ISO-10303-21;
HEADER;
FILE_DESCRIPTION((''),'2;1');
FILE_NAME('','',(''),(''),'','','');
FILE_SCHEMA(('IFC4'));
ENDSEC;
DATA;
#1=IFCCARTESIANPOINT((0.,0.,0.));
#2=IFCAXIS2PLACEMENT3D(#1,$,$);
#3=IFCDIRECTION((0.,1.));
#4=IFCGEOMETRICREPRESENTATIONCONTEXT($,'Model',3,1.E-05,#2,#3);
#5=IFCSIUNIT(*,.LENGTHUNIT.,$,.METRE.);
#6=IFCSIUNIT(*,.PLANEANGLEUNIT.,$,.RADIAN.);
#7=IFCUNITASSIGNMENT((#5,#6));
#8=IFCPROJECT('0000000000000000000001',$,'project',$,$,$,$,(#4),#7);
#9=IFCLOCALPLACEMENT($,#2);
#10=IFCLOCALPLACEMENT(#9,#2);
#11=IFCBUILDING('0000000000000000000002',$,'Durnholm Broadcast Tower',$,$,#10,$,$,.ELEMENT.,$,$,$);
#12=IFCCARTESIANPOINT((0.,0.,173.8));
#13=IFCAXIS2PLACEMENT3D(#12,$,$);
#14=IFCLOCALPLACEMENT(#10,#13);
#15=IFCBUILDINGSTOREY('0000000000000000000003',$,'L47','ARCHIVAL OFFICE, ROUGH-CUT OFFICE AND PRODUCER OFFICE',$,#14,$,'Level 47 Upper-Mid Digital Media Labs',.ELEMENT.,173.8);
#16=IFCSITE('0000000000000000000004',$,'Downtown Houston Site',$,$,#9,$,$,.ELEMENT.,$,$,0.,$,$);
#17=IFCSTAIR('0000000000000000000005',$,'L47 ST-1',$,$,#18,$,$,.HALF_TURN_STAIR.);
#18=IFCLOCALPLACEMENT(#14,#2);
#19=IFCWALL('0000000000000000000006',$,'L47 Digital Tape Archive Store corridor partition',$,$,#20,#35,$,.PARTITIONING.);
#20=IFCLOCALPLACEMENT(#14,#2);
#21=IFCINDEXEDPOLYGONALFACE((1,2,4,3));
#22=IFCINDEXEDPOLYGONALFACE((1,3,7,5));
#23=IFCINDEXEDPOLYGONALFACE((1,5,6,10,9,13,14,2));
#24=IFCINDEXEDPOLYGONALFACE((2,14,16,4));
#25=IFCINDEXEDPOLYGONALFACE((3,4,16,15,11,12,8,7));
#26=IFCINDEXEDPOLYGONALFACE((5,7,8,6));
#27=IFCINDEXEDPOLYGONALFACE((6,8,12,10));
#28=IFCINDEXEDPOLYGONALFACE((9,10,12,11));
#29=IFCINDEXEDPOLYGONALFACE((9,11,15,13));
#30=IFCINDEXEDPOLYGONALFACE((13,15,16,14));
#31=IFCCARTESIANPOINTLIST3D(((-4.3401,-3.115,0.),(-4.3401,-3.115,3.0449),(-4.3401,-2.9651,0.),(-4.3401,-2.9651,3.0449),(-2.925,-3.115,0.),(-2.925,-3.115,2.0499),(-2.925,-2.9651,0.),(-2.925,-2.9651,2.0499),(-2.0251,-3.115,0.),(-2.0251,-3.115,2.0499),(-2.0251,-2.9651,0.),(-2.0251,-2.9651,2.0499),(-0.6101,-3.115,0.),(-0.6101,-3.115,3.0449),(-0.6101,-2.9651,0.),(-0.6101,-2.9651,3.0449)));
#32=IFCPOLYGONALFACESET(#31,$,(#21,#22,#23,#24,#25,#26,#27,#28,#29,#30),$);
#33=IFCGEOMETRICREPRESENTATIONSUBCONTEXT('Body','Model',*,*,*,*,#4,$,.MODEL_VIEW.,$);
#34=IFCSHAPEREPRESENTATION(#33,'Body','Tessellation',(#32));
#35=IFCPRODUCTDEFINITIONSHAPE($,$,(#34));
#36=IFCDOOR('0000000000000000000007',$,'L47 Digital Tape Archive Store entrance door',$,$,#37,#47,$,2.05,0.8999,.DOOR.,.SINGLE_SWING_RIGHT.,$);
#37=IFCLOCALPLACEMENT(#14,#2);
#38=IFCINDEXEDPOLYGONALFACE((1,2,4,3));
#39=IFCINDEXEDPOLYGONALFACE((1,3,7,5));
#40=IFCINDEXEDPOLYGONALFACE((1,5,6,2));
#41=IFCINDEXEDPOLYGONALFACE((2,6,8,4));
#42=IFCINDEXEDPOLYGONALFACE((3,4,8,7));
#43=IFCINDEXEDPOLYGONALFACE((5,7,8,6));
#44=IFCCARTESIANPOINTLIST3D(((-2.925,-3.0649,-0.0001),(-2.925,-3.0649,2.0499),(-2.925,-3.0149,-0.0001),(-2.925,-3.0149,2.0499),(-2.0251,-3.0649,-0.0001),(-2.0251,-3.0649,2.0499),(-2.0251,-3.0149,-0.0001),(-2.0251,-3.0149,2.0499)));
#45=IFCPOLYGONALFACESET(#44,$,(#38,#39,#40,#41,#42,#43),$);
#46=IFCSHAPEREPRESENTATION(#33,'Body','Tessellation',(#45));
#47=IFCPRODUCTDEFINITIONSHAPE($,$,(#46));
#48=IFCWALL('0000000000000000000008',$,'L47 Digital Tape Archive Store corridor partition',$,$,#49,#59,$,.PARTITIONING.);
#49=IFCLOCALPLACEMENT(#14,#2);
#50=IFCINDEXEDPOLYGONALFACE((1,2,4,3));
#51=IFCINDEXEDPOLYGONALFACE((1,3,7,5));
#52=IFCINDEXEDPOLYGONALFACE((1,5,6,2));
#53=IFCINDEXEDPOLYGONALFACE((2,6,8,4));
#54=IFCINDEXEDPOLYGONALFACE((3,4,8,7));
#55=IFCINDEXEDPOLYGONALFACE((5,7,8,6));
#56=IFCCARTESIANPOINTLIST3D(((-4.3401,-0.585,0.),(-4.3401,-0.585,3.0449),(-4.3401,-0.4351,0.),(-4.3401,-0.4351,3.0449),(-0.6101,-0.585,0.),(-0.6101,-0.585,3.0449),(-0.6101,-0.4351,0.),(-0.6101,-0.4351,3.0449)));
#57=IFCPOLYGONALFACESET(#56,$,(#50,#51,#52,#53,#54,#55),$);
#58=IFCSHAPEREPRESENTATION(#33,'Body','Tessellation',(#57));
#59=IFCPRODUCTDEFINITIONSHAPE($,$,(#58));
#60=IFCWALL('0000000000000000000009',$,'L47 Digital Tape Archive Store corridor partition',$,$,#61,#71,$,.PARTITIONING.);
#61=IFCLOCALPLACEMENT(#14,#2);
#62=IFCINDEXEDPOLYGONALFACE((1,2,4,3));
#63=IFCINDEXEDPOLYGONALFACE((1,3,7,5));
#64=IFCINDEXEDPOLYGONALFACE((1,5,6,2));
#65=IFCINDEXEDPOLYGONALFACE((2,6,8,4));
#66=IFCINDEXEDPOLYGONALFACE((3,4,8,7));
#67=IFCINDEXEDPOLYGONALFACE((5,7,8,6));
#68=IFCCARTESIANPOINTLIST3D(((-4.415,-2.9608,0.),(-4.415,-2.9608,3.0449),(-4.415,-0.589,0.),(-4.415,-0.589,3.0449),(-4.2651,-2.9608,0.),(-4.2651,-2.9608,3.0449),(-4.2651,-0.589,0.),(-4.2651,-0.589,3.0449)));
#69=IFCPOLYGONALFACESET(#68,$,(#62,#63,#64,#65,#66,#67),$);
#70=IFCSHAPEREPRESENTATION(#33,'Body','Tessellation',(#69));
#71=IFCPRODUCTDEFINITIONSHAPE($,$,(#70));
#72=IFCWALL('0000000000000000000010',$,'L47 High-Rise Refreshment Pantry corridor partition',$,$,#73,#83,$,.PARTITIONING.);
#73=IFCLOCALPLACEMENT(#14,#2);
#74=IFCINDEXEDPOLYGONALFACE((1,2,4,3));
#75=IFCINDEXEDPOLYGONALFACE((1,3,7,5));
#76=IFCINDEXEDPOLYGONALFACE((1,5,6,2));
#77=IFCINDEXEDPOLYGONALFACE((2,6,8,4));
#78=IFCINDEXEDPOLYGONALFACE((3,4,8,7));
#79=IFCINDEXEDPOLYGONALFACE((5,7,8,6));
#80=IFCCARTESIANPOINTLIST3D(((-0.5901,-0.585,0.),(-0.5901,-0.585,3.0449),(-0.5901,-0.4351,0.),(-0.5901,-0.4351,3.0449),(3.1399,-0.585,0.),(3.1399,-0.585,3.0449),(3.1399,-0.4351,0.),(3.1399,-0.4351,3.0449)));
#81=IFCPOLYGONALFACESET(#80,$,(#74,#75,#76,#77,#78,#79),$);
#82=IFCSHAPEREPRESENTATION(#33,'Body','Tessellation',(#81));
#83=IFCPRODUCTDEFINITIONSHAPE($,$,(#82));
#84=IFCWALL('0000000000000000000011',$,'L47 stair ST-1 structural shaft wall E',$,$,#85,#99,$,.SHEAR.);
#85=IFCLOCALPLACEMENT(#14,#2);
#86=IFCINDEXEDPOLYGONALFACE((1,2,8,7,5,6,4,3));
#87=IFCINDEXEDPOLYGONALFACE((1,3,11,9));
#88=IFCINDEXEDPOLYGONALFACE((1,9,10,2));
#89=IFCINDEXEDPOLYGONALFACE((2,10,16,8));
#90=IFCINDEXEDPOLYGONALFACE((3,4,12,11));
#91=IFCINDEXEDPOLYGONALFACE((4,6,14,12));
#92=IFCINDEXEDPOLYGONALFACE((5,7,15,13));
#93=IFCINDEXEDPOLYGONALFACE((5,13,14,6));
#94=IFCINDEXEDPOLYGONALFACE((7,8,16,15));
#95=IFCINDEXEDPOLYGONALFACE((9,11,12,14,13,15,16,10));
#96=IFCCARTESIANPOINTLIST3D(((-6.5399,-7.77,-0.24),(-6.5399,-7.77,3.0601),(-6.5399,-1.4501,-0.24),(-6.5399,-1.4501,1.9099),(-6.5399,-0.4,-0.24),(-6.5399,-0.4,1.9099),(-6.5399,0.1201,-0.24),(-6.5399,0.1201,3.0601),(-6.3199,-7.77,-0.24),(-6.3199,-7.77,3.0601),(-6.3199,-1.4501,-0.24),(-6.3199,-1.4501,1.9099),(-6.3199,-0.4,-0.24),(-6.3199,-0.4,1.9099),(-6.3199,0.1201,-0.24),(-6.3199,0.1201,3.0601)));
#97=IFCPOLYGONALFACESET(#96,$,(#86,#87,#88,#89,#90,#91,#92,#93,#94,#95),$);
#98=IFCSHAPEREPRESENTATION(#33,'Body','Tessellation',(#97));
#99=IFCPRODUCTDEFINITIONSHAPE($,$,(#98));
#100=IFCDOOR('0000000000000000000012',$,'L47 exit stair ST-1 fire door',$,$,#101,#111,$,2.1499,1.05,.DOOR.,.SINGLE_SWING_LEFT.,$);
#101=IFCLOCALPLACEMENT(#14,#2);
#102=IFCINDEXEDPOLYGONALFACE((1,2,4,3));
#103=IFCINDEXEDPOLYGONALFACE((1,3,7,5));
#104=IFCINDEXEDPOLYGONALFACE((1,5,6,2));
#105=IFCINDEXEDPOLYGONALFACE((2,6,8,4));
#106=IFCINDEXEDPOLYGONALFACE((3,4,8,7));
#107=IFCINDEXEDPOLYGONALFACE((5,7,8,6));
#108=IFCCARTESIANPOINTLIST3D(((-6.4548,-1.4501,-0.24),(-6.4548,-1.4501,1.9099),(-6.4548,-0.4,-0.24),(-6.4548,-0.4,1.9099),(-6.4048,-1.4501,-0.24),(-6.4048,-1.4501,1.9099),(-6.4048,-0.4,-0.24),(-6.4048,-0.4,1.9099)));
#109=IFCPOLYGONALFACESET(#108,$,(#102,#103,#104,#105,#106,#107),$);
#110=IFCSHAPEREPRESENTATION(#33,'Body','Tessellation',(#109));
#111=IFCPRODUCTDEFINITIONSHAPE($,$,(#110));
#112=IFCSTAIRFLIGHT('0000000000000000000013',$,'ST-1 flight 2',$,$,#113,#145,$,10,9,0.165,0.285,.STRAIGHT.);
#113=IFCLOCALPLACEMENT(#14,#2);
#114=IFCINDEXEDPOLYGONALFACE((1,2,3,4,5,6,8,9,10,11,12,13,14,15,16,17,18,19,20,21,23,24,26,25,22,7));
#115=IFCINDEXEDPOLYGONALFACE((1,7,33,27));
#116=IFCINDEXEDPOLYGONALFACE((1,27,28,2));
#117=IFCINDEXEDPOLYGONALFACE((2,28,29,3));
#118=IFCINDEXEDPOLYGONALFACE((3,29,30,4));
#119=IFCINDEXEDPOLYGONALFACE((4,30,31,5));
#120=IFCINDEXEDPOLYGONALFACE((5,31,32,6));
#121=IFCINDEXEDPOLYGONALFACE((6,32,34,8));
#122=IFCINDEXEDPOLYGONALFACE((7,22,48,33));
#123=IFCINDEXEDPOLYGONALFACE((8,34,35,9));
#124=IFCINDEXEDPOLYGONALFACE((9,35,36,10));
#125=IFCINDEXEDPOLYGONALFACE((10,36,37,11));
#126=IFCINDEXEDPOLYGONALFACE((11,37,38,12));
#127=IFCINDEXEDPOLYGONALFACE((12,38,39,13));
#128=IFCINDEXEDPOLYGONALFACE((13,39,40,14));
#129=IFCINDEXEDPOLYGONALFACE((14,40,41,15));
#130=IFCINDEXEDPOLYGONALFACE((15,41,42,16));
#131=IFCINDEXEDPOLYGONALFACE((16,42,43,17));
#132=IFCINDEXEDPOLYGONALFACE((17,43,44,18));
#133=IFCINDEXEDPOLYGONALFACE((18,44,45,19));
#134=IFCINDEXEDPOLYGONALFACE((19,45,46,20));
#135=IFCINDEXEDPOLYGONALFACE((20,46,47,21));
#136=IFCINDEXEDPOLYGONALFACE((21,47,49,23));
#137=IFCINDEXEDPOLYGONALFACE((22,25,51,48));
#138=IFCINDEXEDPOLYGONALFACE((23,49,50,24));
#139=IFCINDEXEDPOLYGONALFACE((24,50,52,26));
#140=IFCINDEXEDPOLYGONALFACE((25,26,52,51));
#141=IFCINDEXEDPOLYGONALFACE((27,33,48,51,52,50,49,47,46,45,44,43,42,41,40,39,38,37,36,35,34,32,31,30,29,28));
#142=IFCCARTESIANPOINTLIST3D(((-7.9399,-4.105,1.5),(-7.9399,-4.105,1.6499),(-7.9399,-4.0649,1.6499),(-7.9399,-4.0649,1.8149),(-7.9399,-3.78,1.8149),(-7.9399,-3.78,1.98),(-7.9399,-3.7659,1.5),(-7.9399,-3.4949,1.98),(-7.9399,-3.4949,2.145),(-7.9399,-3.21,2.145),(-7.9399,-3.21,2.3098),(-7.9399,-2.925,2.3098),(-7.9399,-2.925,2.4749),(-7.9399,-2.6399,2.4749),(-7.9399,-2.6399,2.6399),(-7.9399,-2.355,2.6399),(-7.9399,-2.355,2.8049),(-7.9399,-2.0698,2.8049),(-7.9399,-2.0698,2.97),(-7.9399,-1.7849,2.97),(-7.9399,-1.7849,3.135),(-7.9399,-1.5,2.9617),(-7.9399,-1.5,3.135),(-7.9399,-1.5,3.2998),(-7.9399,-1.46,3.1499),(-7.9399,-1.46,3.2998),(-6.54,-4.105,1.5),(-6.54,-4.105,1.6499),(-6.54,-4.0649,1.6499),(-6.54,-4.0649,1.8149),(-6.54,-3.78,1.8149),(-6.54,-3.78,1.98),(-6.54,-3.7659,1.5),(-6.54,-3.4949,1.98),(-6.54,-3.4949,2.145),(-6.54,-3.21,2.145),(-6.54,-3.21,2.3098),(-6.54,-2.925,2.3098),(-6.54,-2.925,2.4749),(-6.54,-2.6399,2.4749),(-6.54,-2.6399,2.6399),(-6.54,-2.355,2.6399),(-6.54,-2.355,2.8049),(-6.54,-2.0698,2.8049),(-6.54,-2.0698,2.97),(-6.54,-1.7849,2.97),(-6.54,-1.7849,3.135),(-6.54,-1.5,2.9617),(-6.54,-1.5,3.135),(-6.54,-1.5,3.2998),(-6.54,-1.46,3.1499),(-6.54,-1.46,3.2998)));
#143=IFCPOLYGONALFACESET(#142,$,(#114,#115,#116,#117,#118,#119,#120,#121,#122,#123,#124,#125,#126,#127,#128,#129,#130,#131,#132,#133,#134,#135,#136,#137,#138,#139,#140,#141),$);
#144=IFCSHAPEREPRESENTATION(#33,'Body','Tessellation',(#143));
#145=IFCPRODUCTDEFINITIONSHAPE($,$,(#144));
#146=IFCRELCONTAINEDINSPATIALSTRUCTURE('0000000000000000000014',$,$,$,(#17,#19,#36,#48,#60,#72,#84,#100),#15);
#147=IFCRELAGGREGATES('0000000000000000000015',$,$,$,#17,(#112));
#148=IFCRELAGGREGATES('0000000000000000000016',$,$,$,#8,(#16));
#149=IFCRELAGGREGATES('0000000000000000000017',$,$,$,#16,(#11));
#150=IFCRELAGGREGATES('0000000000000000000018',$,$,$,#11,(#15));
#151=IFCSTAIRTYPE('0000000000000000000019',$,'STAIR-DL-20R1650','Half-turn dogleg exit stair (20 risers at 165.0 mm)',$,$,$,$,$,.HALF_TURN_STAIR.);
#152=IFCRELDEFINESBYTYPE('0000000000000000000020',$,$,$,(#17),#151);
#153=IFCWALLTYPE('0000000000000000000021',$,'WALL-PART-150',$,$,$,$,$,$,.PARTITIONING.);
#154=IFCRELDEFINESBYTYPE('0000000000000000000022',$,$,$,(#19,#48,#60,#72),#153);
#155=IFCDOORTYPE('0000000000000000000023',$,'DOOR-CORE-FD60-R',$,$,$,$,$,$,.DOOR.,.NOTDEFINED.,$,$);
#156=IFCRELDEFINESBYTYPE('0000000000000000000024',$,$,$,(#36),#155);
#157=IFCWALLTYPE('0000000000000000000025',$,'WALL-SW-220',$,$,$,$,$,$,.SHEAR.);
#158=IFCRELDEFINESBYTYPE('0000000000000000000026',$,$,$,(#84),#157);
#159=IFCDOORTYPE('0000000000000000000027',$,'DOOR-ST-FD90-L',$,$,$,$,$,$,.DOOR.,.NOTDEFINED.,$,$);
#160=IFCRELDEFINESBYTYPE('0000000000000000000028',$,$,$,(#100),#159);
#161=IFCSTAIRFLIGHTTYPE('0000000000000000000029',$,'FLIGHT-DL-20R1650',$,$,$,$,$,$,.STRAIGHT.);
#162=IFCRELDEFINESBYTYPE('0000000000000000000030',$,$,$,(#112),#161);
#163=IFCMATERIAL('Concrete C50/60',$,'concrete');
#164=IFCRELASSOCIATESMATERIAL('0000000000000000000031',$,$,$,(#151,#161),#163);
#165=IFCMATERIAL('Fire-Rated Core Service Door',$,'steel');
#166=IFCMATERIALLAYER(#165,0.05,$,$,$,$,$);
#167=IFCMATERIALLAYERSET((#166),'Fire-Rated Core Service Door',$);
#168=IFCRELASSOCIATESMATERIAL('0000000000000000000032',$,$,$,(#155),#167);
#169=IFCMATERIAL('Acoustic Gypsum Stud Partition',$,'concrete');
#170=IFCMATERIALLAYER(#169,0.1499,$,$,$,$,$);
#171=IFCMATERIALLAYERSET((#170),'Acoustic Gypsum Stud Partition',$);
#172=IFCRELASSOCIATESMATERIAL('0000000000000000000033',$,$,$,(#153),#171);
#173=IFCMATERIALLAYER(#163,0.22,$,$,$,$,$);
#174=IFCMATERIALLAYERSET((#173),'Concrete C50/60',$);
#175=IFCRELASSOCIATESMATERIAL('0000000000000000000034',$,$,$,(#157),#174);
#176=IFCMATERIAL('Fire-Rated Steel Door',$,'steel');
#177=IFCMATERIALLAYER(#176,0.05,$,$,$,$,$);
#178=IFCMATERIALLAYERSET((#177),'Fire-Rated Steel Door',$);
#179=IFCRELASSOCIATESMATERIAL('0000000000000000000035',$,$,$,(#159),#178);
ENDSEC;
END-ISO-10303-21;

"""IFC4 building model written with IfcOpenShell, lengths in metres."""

from ifc_helpers import new_model, si_unit, direction, frame, frame_2d, origin, place, context, subcontext, project, spatial, polyline, rectangle, outline, extrude, source, transform, mapped, material, layer, layer_set, type_object, type_shapes, element, fill, aggregate, save


model = new_model("IFC4")

# Units and contexts
model_context = context("Model", 3, precision=1e-05, world=origin(), true_north=direction((0.0, 1.0)))
body_context = subcontext(model_context, "Body", "Model", "MODEL_VIEW")
ifc_project = project(units=[si_unit("LENGTHUNIT", "METRE"), si_unit("PLANEANGLEUNIT", "RADIAN")], contexts=[model_context])

# Site, building, storey
site_placement = place(None, origin())
site = spatial("IfcSite", under=ifc_project, at=site_placement, Name="Downtown Houston Site", CompositionType="ELEMENT", RefElevation=0.0)
building_placement = place(site_placement, origin())
building = spatial("IfcBuilding", under=site, at=building_placement, Name="Durnholm Broadcast Tower", CompositionType="ELEMENT")
storey_placement = place(building_placement, frame((0.0, 0.0, 173.8)))
storey = spatial("IfcBuildingStorey", under=building, at=storey_placement, Name="L47", Description="ARCHIVAL OFFICE, ROUGH-CUT OFFICE AND PRODUCER OFFICE", LongName="Level 47 Upper-Mid Digital Media Labs", CompositionType="ELEMENT", Elevation=173.8)

# Shared definitions
ifc_material_1 = material(Name="Concrete C50/60", Category="concrete")

# Stair
stair_type = type_object("IfcStairType", Name="STAIR-DL-20R1650", Description="Half-turn dogleg exit stair (20 risers at 165.0 mm)", PredefinedType="HALF_TURN_STAIR", material=ifc_material_1)
stair_1_placement = place(storey_placement, origin())
stair_1 = element("IfcStair", 1, at=stair_1_placement, inside=storey, type_object=stair_type, Name="L47 ST-1", PredefinedType="HALF_TURN_STAIR")

# Wall, opening, door
ifc_material_2 = material(Name="Fire-Rated Core Service Door", Category="steel")
ifc_layer_1 = layer(ifc_material_2, 0.05)
ifc_layer_set_1 = layer_set([ifc_layer_1], Name="Fire-Rated Core Service Door")
door_type_1 = type_object("IfcDoorType", Name="DOOR-CORE-FD60-R", OperationType="NOTDEFINED", PredefinedType="DOOR", material=ifc_layer_set_1)
shared_shape_1 = source(origin(), body_context, "Body", "SweptSolid", [
    extrude(rectangle(XDim=0.8999, YDim=2.05, at=frame_2d((0.45, 1.0249))), frame((0.0, 0.0249, 0.0), z_axis=(0.0, -1.0, 0.0), x_axis=(1.0, 0.0, 0.0)), (0.0, 0.0, 1.0), 0.05),
])
type_shapes(door_type_1, [shared_shape_1])
ifc_material_3 = material(Name="Acoustic Gypsum Stud Partition", Category="concrete")
ifc_layer_2 = layer(ifc_material_3, 0.1499)
ifc_layer_set_2 = layer_set([ifc_layer_2], Name="Acoustic Gypsum Stud Partition")
wall_type_1 = type_object("IfcWallType", Name="WALL-PART-150", PredefinedType="PARTITIONING", material=ifc_layer_set_2)
wall_1_placement = place(storey_placement, frame((-0.6101, -3.04, 0.0), z_axis=(0.0, 0.0, 1.0), x_axis=(-1.0, 0.0, 0.0)))
wall_1 = element("IfcWall", 2, at=wall_1_placement, inside=storey, type_object=wall_type_1, Name="L47 Digital Tape Archive Store corridor partition", PredefinedType="PARTITIONING", context=body_context, shape_type="SweptSolid", body=[
    extrude(rectangle(XDim=3.73, YDim=0.1499, at=frame_2d((1.865, 0.0))), origin(), (0.0, 0.0, 1.0), 3.0449),
])
opening_1_placement = place(wall_1_placement, frame((1.415, 0.0, 0.0)))
opening_1 = element("IfcOpeningElement", 3, at=opening_1_placement, cuts=wall_1, PredefinedType="OPENING", context=body_context, shape_type="SweptSolid", body=[
    extrude(rectangle(XDim=0.8999, YDim=2.05, at=frame_2d((0.45, 1.0249))), frame((0.0, 0.085, 0.0), z_axis=(0.0, -1.0, 0.0), x_axis=(1.0, 0.0, 0.0)), (0.0, 0.0, 1.0), 0.1699),
])
door_1_placement = place(opening_1_placement, origin())
door_1 = element("IfcDoor", 4, at=door_1_placement, inside=storey, type_object=door_type_1, Name="L47 Digital Tape Archive Store entrance door", OperationType="SINGLE_SWING_RIGHT", OverallHeight=2.05, OverallWidth=0.8999, PredefinedType="DOOR", context=body_context, shape_type="MappedRepresentation", body=[
    mapped(shared_shape_1, transform((0.0, 0.0, 0.0), x_axis=(1.0, 0.0, 0.0), y_axis=(0.0, 1.0, 0.0), z_axis=(0.0, 0.0, 1.0), scale=1.0)),
])
fill(opening_1, door_1)

# Walls
wall_2_placement = place(storey_placement, frame((-4.3401, -0.51, 0.0), z_axis=(0.0, 0.0, 1.0), x_axis=(1.0, 0.0, 0.0)))
element("IfcWall", 5, at=wall_2_placement, inside=storey, type_object=wall_type_1, Name="L47 Digital Tape Archive Store corridor partition", PredefinedType="PARTITIONING", context=body_context, shape_type="SweptSolid", body=[
    extrude(rectangle(XDim=3.73, YDim=0.1499, at=frame_2d((1.865, 0.0))), origin(), (0.0, 0.0, 1.0), 3.0449),
])
wall_3_placement = place(storey_placement, frame((-4.3401, -2.9609, 0.0), z_axis=(0.0, 0.0, 1.0), x_axis=(0.0, 1.0, 0.0)))
element("IfcWall", 6, at=wall_3_placement, inside=storey, type_object=wall_type_1, Name="L47 Digital Tape Archive Store corridor partition", PredefinedType="PARTITIONING", context=body_context, shape_type="SweptSolid", body=[
    extrude(rectangle(XDim=2.3718, YDim=0.1499, at=frame_2d((1.186, 0.0))), origin(), (0.0, 0.0, 1.0), 3.0449),
])
wall_4_placement = place(storey_placement, frame((-0.5901, -0.51, 0.0), z_axis=(0.0, 0.0, 1.0), x_axis=(1.0, 0.0, 0.0)))
element("IfcWall", 7, at=wall_4_placement, inside=storey, type_object=wall_type_1, Name="L47 High-Rise Refreshment Pantry corridor partition", PredefinedType="PARTITIONING", context=body_context, shape_type="SweptSolid", body=[
    extrude(rectangle(XDim=3.73, YDim=0.1499, at=frame_2d((1.865, 0.0))), origin(), (0.0, 0.0, 1.0), 3.0449),
])

# Wall, opening, door
ifc_layer_3 = layer(ifc_material_1, 0.22)
ifc_layer_set_3 = layer_set([ifc_layer_3], Name="Concrete C50/60")
wall_type_2 = type_object("IfcWallType", Name="WALL-SW-220", PredefinedType="SHEAR", material=ifc_layer_set_3)
wall_5_placement = place(storey_placement, frame((-6.4299, -7.77, -0.24), z_axis=(0.0, 0.0, 1.0), x_axis=(0.0, 1.0, 0.0)))
wall_5 = element("IfcWall", 8, at=wall_5_placement, inside=storey, type_object=wall_type_2, Name="L47 stair ST-1 structural shaft wall E", PredefinedType="SHEAR", context=body_context, shape_type="SweptSolid", body=[
    extrude(rectangle(XDim=7.8901, YDim=0.22, at=frame_2d((3.9451, 0.0))), origin(), (0.0, 0.0, 1.0), 3.3),
])
opening_2_placement = place(wall_5_placement, frame((6.3201, 0.0, 0.0)))
opening_2 = element("IfcOpeningElement", 9, at=opening_2_placement, cuts=wall_5, PredefinedType="OPENING", context=body_context, shape_type="SweptSolid", body=[
    extrude(rectangle(XDim=1.05, YDim=2.1499, at=frame_2d((0.5249, 1.075))), frame((0.0, 0.1201, 0.0), z_axis=(0.0, -1.0, 0.0), x_axis=(1.0, 0.0, 0.0)), (0.0, 0.0, 1.0), 0.24),
])
ifc_material_4 = material(Name="Fire-Rated Steel Door", Category="steel")
ifc_layer_4 = layer(ifc_material_4, 0.05)
ifc_layer_set_4 = layer_set([ifc_layer_4], Name="Fire-Rated Steel Door")
door_type_2 = type_object("IfcDoorType", Name="DOOR-ST-FD90-L", OperationType="NOTDEFINED", PredefinedType="DOOR", material=ifc_layer_set_4)
shared_shape_2 = source(origin(), body_context, "Body", "SweptSolid", [
    extrude(rectangle(XDim=1.05, YDim=2.1499, at=frame_2d((0.5249, 1.075))), frame((0.0, 0.0249, 0.0), z_axis=(0.0, -1.0, 0.0), x_axis=(1.0, 0.0, 0.0)), (0.0, 0.0, 1.0), 0.05),
])
type_shapes(door_type_2, [shared_shape_2])
door_2_placement = place(opening_2_placement, origin())
door_2 = element("IfcDoor", 10, at=door_2_placement, inside=storey, type_object=door_type_2, Name="L47 exit stair ST-1 fire door", OperationType="SINGLE_SWING_LEFT", OverallHeight=2.1499, OverallWidth=1.05, PredefinedType="DOOR", context=body_context, shape_type="MappedRepresentation", body=[
    mapped(shared_shape_2, transform((0.0, 0.0, 0.0), x_axis=(1.0, 0.0, 0.0), y_axis=(0.0, 1.0, 0.0), z_axis=(0.0, 0.0, 1.0), scale=1.0)),
])
fill(opening_2, door_2)

# Stair flight
stair_flight_type = type_object("IfcStairFlightType", Name="FLIGHT-DL-20R1650", PredefinedType="STRAIGHT", material=ifc_material_1)
stair_flight_placement = place(storey_placement, frame((-7.24, -4.0649, 1.6499), z_axis=(0.0, 0.0, 1.0), x_axis=(0.0, 1.0, 0.0)))
stair_flight = element("IfcStairFlight", 11, at=stair_flight_placement, type_object=stair_flight_type, Name="ST-1 flight 2", NumberOfRisers=10, NumberOfTreads=9, PredefinedType="STRAIGHT", RiserHeight=0.165, TreadLength=0.285, context=body_context, shape_type="SweptSolid", body=[
    extrude(outline(polyline([(-0.04, -0.1499), (-0.04, 0.0), (0.0, 0.0), (0.0, 0.165), (0.2849, 0.165), (0.2849, 0.3301), (0.5701, 0.3301), (0.5701, 0.4951), (0.855, 0.4951), (0.855, 0.6599), (1.1399, 0.6599), (1.1399, 0.825), (1.425, 0.825), (1.425, 0.99), (1.71, 0.99), (1.71, 1.155), (1.9951, 1.155), (1.9951, 1.3201), (2.28, 1.3201), (2.28, 1.4851), (2.5649, 1.4851), (2.5649, 1.6499), (2.605, 1.6499), (2.605, 1.5), (2.5649, 1.3118), (0.2991, -0.1499), (-0.04, -0.1499)])), frame((0.0, 0.7, 0.0), z_axis=(0.0, -1.0, 0.0), x_axis=(1.0, 0.0, 0.0)), (0.0, 0.0, 1.0), 1.3999),
])
aggregate(stair_1, [stair_flight])

save(model, "model.ifc")
